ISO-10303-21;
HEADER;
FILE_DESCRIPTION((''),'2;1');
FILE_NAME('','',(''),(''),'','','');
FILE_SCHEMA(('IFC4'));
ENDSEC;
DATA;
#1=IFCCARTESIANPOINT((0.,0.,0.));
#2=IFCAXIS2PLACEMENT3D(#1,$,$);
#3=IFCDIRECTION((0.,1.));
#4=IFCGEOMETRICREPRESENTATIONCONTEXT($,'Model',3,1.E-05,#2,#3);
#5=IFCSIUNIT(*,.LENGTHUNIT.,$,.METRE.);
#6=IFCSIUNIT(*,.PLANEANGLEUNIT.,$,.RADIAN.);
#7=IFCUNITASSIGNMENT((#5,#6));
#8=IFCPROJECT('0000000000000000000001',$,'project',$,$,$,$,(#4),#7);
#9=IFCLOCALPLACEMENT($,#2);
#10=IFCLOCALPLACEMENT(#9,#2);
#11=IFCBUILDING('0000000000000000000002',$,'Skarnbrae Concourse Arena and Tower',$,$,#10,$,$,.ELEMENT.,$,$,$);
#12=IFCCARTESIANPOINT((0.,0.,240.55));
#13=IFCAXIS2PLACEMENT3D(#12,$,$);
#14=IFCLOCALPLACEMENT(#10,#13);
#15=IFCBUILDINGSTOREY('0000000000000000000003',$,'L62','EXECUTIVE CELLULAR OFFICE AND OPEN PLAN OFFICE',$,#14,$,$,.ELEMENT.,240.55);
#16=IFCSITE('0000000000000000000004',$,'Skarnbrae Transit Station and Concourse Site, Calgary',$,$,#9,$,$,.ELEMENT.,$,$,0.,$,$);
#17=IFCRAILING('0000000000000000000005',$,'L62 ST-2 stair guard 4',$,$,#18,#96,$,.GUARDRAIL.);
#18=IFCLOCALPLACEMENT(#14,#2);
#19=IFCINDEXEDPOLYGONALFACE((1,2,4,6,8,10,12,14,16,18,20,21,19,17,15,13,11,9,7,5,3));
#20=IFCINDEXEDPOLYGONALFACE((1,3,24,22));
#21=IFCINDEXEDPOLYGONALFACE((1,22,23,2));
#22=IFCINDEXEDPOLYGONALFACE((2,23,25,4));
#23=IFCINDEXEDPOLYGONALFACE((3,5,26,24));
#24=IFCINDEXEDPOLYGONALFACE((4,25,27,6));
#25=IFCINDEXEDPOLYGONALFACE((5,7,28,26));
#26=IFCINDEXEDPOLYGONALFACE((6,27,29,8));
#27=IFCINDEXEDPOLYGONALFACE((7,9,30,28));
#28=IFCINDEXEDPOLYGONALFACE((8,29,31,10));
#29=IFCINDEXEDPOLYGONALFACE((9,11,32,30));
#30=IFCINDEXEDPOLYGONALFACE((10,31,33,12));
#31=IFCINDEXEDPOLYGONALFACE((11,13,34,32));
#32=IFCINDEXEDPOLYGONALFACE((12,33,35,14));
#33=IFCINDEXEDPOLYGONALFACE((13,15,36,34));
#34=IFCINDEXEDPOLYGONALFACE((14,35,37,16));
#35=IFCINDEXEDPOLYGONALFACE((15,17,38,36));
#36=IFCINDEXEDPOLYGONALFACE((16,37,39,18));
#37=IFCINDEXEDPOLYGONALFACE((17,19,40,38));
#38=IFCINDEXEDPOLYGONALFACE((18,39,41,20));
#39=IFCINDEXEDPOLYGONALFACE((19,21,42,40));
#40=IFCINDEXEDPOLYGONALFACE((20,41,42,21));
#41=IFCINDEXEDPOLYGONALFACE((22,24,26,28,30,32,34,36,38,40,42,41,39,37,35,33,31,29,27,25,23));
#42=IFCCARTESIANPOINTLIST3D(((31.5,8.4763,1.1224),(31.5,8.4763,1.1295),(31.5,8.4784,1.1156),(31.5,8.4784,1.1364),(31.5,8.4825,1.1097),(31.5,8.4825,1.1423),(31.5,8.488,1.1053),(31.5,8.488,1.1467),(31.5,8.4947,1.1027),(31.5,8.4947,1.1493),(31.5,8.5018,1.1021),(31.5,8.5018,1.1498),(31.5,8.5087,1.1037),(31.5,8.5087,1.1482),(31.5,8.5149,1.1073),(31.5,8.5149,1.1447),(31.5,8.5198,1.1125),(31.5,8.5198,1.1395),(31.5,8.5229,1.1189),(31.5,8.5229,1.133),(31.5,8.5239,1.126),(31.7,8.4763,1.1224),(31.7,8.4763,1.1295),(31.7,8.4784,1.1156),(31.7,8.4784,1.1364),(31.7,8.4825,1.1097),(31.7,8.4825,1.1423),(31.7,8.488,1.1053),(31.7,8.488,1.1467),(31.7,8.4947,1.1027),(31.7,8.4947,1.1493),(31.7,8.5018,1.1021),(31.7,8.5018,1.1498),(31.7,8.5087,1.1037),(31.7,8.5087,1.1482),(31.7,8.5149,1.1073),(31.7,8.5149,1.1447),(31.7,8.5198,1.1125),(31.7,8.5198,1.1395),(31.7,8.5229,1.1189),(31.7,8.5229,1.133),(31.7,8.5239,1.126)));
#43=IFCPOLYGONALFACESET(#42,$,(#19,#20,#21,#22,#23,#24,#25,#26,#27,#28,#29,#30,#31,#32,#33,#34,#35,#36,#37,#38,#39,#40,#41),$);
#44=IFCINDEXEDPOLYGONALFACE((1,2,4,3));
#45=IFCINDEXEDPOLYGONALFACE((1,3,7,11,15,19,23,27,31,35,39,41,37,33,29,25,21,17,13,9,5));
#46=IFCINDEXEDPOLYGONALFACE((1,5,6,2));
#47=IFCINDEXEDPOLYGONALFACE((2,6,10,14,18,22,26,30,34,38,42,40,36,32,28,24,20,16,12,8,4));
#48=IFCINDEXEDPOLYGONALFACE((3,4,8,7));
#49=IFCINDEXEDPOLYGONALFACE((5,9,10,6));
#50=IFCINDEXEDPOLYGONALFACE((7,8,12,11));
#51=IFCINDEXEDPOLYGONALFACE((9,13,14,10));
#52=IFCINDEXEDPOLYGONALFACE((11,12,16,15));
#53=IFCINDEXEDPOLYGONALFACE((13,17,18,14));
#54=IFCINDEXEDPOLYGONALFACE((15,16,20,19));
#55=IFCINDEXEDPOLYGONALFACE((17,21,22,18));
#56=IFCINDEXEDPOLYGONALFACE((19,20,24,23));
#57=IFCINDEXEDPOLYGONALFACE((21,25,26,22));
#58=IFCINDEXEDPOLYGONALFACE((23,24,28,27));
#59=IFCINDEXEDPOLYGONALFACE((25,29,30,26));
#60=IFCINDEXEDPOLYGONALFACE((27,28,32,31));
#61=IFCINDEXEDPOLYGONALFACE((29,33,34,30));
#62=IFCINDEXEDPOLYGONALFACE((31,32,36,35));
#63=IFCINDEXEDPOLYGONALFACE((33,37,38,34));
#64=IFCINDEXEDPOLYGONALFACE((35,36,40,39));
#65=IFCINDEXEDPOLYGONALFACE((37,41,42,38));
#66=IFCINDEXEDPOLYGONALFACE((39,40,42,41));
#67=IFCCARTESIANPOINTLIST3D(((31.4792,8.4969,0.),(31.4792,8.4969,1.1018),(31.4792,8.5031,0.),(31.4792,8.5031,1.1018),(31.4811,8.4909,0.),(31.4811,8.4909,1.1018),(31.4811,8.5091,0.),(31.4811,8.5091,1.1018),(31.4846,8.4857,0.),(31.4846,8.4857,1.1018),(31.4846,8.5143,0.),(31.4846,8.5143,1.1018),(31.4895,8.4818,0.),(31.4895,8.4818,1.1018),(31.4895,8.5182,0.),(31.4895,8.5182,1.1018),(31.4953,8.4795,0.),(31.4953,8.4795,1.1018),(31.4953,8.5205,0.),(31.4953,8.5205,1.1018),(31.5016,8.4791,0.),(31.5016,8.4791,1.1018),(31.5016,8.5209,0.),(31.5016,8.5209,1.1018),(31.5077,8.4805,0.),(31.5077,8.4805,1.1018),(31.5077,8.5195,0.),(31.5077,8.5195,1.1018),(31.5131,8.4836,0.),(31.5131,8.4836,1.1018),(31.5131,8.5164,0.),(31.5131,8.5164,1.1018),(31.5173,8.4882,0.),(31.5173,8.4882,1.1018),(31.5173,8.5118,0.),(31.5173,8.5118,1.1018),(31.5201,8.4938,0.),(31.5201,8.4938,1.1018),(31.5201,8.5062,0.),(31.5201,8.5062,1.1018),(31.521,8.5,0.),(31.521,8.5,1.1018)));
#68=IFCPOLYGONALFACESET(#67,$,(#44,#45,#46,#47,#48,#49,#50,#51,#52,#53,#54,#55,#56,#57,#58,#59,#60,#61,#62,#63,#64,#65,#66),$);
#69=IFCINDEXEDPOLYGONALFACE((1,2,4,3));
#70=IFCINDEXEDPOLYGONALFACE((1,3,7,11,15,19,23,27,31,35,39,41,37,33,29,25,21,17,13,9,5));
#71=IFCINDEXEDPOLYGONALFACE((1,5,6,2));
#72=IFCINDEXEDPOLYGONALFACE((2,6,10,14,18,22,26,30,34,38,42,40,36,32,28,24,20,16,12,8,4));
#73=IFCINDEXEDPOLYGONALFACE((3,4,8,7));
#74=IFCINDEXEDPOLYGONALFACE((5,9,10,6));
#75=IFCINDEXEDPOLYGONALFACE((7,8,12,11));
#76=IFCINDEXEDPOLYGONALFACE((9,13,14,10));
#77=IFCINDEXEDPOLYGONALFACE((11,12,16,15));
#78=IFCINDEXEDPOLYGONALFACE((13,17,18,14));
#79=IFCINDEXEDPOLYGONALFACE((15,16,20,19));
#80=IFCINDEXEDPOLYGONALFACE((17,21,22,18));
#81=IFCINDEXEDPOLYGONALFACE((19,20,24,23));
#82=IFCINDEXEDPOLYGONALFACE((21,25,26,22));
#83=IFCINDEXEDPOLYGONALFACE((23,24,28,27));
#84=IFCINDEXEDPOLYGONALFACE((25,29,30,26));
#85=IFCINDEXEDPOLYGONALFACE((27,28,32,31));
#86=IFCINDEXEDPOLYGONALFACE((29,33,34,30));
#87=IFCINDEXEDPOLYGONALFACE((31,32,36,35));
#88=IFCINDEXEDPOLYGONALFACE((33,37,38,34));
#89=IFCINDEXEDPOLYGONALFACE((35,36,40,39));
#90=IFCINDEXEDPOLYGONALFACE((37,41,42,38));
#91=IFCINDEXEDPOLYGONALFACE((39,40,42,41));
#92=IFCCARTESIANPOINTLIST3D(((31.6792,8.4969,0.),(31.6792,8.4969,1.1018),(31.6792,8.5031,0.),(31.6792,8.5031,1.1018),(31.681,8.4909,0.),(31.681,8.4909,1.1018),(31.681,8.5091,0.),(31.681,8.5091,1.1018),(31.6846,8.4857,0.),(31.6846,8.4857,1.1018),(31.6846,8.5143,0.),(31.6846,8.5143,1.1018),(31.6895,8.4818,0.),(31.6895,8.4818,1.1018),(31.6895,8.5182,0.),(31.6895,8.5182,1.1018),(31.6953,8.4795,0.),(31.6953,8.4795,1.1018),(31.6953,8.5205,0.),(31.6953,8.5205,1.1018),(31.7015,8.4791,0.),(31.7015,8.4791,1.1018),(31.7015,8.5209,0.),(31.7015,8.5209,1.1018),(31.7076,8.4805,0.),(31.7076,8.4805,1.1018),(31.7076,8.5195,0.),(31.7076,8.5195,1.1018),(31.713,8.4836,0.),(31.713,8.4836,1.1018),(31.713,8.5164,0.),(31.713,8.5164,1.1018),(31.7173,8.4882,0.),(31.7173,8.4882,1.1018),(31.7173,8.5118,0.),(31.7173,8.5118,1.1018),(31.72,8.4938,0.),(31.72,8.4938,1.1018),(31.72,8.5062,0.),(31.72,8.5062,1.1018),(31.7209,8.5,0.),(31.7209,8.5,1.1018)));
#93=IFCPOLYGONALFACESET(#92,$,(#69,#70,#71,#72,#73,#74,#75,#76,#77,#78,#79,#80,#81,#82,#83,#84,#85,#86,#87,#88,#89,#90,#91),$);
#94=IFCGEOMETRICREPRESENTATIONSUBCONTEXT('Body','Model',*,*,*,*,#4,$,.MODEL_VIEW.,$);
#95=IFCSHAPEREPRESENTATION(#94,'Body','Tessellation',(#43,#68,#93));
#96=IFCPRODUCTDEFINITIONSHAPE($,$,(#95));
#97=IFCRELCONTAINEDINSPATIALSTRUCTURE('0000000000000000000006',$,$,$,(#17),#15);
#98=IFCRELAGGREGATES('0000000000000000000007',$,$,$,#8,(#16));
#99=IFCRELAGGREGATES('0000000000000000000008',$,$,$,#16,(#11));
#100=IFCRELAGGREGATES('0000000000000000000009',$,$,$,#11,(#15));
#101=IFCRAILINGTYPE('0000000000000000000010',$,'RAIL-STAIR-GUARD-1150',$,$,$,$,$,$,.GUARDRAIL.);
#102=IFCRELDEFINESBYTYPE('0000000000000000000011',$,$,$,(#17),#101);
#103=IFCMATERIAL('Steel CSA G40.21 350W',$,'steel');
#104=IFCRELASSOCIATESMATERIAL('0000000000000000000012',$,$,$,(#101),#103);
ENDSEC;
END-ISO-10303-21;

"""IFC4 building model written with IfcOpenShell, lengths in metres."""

from ifc_helpers import new_model, si_unit, direction, frame, origin, origin_2d, place, context, subcontext, project, spatial, circle, extrude, material, type_object, element, save


model = new_model("IFC4")

# Units and contexts
model_context = context("Model", 3, precision=1e-05, world=origin(), true_north=direction((0.0, 1.0)))
body_context = subcontext(model_context, "Body", "Model", "MODEL_VIEW")
ifc_project = project(units=[si_unit("LENGTHUNIT", "METRE"), si_unit("PLANEANGLEUNIT", "RADIAN")], contexts=[model_context])

# Site, building, storey
site_placement = place(None, origin())
site = spatial("IfcSite", under=ifc_project, at=site_placement, Name="Skarnbrae Transit Station and Concourse Site, Calgary", CompositionType="ELEMENT", RefElevation=0.0)
building_placement = place(site_placement, origin())
building = spatial("IfcBuilding", under=site, at=building_placement, Name="Skarnbrae Concourse Arena and Tower", CompositionType="ELEMENT")
storey_placement = place(building_placement, frame((0.0, 0.0, 240.55)))
storey = spatial("IfcBuildingStorey", under=building, at=storey_placement, Name="L62", Description="EXECUTIVE CELLULAR OFFICE AND OPEN PLAN OFFICE", CompositionType="ELEMENT", Elevation=240.55)

# Shared definitions
ifc_material_1 = material(Name="Steel CSA G40.21 350W", Category="steel")

# Railing
railing_type = type_object("IfcRailingType", Name="RAIL-STAIR-GUARD-1150", PredefinedType="GUARDRAIL", material=ifc_material_1)
railing_1_placement = place(storey_placement, frame((31.5, 8.5, 0.0)))
element("IfcRailing", 1, at=railing_1_placement, inside=storey, type_object=railing_type, Name="L62 ST-2 stair guard 4", PredefinedType="GUARDRAIL", context=body_context, shape_type="SweptSolid", body=[
    extrude(circle(Radius=0.0239, at=origin_2d()), frame((0.0, 0.0, 1.126), z_axis=(1.0, 0.0, 0.0), x_axis=(0.0, 1.0, 0.0)), (0.0, 0.0, 1.0), 0.2),
    extrude(circle(Radius=0.021, at=origin_2d()), origin(), (0.0, 0.0, 1.0), 1.1018),
    extrude(circle(Radius=0.021, at=origin_2d()), frame((0.2, 0.0, 0.0)), (0.0, 0.0, 1.0), 1.1018),
])

save(model, "model.ifc")
